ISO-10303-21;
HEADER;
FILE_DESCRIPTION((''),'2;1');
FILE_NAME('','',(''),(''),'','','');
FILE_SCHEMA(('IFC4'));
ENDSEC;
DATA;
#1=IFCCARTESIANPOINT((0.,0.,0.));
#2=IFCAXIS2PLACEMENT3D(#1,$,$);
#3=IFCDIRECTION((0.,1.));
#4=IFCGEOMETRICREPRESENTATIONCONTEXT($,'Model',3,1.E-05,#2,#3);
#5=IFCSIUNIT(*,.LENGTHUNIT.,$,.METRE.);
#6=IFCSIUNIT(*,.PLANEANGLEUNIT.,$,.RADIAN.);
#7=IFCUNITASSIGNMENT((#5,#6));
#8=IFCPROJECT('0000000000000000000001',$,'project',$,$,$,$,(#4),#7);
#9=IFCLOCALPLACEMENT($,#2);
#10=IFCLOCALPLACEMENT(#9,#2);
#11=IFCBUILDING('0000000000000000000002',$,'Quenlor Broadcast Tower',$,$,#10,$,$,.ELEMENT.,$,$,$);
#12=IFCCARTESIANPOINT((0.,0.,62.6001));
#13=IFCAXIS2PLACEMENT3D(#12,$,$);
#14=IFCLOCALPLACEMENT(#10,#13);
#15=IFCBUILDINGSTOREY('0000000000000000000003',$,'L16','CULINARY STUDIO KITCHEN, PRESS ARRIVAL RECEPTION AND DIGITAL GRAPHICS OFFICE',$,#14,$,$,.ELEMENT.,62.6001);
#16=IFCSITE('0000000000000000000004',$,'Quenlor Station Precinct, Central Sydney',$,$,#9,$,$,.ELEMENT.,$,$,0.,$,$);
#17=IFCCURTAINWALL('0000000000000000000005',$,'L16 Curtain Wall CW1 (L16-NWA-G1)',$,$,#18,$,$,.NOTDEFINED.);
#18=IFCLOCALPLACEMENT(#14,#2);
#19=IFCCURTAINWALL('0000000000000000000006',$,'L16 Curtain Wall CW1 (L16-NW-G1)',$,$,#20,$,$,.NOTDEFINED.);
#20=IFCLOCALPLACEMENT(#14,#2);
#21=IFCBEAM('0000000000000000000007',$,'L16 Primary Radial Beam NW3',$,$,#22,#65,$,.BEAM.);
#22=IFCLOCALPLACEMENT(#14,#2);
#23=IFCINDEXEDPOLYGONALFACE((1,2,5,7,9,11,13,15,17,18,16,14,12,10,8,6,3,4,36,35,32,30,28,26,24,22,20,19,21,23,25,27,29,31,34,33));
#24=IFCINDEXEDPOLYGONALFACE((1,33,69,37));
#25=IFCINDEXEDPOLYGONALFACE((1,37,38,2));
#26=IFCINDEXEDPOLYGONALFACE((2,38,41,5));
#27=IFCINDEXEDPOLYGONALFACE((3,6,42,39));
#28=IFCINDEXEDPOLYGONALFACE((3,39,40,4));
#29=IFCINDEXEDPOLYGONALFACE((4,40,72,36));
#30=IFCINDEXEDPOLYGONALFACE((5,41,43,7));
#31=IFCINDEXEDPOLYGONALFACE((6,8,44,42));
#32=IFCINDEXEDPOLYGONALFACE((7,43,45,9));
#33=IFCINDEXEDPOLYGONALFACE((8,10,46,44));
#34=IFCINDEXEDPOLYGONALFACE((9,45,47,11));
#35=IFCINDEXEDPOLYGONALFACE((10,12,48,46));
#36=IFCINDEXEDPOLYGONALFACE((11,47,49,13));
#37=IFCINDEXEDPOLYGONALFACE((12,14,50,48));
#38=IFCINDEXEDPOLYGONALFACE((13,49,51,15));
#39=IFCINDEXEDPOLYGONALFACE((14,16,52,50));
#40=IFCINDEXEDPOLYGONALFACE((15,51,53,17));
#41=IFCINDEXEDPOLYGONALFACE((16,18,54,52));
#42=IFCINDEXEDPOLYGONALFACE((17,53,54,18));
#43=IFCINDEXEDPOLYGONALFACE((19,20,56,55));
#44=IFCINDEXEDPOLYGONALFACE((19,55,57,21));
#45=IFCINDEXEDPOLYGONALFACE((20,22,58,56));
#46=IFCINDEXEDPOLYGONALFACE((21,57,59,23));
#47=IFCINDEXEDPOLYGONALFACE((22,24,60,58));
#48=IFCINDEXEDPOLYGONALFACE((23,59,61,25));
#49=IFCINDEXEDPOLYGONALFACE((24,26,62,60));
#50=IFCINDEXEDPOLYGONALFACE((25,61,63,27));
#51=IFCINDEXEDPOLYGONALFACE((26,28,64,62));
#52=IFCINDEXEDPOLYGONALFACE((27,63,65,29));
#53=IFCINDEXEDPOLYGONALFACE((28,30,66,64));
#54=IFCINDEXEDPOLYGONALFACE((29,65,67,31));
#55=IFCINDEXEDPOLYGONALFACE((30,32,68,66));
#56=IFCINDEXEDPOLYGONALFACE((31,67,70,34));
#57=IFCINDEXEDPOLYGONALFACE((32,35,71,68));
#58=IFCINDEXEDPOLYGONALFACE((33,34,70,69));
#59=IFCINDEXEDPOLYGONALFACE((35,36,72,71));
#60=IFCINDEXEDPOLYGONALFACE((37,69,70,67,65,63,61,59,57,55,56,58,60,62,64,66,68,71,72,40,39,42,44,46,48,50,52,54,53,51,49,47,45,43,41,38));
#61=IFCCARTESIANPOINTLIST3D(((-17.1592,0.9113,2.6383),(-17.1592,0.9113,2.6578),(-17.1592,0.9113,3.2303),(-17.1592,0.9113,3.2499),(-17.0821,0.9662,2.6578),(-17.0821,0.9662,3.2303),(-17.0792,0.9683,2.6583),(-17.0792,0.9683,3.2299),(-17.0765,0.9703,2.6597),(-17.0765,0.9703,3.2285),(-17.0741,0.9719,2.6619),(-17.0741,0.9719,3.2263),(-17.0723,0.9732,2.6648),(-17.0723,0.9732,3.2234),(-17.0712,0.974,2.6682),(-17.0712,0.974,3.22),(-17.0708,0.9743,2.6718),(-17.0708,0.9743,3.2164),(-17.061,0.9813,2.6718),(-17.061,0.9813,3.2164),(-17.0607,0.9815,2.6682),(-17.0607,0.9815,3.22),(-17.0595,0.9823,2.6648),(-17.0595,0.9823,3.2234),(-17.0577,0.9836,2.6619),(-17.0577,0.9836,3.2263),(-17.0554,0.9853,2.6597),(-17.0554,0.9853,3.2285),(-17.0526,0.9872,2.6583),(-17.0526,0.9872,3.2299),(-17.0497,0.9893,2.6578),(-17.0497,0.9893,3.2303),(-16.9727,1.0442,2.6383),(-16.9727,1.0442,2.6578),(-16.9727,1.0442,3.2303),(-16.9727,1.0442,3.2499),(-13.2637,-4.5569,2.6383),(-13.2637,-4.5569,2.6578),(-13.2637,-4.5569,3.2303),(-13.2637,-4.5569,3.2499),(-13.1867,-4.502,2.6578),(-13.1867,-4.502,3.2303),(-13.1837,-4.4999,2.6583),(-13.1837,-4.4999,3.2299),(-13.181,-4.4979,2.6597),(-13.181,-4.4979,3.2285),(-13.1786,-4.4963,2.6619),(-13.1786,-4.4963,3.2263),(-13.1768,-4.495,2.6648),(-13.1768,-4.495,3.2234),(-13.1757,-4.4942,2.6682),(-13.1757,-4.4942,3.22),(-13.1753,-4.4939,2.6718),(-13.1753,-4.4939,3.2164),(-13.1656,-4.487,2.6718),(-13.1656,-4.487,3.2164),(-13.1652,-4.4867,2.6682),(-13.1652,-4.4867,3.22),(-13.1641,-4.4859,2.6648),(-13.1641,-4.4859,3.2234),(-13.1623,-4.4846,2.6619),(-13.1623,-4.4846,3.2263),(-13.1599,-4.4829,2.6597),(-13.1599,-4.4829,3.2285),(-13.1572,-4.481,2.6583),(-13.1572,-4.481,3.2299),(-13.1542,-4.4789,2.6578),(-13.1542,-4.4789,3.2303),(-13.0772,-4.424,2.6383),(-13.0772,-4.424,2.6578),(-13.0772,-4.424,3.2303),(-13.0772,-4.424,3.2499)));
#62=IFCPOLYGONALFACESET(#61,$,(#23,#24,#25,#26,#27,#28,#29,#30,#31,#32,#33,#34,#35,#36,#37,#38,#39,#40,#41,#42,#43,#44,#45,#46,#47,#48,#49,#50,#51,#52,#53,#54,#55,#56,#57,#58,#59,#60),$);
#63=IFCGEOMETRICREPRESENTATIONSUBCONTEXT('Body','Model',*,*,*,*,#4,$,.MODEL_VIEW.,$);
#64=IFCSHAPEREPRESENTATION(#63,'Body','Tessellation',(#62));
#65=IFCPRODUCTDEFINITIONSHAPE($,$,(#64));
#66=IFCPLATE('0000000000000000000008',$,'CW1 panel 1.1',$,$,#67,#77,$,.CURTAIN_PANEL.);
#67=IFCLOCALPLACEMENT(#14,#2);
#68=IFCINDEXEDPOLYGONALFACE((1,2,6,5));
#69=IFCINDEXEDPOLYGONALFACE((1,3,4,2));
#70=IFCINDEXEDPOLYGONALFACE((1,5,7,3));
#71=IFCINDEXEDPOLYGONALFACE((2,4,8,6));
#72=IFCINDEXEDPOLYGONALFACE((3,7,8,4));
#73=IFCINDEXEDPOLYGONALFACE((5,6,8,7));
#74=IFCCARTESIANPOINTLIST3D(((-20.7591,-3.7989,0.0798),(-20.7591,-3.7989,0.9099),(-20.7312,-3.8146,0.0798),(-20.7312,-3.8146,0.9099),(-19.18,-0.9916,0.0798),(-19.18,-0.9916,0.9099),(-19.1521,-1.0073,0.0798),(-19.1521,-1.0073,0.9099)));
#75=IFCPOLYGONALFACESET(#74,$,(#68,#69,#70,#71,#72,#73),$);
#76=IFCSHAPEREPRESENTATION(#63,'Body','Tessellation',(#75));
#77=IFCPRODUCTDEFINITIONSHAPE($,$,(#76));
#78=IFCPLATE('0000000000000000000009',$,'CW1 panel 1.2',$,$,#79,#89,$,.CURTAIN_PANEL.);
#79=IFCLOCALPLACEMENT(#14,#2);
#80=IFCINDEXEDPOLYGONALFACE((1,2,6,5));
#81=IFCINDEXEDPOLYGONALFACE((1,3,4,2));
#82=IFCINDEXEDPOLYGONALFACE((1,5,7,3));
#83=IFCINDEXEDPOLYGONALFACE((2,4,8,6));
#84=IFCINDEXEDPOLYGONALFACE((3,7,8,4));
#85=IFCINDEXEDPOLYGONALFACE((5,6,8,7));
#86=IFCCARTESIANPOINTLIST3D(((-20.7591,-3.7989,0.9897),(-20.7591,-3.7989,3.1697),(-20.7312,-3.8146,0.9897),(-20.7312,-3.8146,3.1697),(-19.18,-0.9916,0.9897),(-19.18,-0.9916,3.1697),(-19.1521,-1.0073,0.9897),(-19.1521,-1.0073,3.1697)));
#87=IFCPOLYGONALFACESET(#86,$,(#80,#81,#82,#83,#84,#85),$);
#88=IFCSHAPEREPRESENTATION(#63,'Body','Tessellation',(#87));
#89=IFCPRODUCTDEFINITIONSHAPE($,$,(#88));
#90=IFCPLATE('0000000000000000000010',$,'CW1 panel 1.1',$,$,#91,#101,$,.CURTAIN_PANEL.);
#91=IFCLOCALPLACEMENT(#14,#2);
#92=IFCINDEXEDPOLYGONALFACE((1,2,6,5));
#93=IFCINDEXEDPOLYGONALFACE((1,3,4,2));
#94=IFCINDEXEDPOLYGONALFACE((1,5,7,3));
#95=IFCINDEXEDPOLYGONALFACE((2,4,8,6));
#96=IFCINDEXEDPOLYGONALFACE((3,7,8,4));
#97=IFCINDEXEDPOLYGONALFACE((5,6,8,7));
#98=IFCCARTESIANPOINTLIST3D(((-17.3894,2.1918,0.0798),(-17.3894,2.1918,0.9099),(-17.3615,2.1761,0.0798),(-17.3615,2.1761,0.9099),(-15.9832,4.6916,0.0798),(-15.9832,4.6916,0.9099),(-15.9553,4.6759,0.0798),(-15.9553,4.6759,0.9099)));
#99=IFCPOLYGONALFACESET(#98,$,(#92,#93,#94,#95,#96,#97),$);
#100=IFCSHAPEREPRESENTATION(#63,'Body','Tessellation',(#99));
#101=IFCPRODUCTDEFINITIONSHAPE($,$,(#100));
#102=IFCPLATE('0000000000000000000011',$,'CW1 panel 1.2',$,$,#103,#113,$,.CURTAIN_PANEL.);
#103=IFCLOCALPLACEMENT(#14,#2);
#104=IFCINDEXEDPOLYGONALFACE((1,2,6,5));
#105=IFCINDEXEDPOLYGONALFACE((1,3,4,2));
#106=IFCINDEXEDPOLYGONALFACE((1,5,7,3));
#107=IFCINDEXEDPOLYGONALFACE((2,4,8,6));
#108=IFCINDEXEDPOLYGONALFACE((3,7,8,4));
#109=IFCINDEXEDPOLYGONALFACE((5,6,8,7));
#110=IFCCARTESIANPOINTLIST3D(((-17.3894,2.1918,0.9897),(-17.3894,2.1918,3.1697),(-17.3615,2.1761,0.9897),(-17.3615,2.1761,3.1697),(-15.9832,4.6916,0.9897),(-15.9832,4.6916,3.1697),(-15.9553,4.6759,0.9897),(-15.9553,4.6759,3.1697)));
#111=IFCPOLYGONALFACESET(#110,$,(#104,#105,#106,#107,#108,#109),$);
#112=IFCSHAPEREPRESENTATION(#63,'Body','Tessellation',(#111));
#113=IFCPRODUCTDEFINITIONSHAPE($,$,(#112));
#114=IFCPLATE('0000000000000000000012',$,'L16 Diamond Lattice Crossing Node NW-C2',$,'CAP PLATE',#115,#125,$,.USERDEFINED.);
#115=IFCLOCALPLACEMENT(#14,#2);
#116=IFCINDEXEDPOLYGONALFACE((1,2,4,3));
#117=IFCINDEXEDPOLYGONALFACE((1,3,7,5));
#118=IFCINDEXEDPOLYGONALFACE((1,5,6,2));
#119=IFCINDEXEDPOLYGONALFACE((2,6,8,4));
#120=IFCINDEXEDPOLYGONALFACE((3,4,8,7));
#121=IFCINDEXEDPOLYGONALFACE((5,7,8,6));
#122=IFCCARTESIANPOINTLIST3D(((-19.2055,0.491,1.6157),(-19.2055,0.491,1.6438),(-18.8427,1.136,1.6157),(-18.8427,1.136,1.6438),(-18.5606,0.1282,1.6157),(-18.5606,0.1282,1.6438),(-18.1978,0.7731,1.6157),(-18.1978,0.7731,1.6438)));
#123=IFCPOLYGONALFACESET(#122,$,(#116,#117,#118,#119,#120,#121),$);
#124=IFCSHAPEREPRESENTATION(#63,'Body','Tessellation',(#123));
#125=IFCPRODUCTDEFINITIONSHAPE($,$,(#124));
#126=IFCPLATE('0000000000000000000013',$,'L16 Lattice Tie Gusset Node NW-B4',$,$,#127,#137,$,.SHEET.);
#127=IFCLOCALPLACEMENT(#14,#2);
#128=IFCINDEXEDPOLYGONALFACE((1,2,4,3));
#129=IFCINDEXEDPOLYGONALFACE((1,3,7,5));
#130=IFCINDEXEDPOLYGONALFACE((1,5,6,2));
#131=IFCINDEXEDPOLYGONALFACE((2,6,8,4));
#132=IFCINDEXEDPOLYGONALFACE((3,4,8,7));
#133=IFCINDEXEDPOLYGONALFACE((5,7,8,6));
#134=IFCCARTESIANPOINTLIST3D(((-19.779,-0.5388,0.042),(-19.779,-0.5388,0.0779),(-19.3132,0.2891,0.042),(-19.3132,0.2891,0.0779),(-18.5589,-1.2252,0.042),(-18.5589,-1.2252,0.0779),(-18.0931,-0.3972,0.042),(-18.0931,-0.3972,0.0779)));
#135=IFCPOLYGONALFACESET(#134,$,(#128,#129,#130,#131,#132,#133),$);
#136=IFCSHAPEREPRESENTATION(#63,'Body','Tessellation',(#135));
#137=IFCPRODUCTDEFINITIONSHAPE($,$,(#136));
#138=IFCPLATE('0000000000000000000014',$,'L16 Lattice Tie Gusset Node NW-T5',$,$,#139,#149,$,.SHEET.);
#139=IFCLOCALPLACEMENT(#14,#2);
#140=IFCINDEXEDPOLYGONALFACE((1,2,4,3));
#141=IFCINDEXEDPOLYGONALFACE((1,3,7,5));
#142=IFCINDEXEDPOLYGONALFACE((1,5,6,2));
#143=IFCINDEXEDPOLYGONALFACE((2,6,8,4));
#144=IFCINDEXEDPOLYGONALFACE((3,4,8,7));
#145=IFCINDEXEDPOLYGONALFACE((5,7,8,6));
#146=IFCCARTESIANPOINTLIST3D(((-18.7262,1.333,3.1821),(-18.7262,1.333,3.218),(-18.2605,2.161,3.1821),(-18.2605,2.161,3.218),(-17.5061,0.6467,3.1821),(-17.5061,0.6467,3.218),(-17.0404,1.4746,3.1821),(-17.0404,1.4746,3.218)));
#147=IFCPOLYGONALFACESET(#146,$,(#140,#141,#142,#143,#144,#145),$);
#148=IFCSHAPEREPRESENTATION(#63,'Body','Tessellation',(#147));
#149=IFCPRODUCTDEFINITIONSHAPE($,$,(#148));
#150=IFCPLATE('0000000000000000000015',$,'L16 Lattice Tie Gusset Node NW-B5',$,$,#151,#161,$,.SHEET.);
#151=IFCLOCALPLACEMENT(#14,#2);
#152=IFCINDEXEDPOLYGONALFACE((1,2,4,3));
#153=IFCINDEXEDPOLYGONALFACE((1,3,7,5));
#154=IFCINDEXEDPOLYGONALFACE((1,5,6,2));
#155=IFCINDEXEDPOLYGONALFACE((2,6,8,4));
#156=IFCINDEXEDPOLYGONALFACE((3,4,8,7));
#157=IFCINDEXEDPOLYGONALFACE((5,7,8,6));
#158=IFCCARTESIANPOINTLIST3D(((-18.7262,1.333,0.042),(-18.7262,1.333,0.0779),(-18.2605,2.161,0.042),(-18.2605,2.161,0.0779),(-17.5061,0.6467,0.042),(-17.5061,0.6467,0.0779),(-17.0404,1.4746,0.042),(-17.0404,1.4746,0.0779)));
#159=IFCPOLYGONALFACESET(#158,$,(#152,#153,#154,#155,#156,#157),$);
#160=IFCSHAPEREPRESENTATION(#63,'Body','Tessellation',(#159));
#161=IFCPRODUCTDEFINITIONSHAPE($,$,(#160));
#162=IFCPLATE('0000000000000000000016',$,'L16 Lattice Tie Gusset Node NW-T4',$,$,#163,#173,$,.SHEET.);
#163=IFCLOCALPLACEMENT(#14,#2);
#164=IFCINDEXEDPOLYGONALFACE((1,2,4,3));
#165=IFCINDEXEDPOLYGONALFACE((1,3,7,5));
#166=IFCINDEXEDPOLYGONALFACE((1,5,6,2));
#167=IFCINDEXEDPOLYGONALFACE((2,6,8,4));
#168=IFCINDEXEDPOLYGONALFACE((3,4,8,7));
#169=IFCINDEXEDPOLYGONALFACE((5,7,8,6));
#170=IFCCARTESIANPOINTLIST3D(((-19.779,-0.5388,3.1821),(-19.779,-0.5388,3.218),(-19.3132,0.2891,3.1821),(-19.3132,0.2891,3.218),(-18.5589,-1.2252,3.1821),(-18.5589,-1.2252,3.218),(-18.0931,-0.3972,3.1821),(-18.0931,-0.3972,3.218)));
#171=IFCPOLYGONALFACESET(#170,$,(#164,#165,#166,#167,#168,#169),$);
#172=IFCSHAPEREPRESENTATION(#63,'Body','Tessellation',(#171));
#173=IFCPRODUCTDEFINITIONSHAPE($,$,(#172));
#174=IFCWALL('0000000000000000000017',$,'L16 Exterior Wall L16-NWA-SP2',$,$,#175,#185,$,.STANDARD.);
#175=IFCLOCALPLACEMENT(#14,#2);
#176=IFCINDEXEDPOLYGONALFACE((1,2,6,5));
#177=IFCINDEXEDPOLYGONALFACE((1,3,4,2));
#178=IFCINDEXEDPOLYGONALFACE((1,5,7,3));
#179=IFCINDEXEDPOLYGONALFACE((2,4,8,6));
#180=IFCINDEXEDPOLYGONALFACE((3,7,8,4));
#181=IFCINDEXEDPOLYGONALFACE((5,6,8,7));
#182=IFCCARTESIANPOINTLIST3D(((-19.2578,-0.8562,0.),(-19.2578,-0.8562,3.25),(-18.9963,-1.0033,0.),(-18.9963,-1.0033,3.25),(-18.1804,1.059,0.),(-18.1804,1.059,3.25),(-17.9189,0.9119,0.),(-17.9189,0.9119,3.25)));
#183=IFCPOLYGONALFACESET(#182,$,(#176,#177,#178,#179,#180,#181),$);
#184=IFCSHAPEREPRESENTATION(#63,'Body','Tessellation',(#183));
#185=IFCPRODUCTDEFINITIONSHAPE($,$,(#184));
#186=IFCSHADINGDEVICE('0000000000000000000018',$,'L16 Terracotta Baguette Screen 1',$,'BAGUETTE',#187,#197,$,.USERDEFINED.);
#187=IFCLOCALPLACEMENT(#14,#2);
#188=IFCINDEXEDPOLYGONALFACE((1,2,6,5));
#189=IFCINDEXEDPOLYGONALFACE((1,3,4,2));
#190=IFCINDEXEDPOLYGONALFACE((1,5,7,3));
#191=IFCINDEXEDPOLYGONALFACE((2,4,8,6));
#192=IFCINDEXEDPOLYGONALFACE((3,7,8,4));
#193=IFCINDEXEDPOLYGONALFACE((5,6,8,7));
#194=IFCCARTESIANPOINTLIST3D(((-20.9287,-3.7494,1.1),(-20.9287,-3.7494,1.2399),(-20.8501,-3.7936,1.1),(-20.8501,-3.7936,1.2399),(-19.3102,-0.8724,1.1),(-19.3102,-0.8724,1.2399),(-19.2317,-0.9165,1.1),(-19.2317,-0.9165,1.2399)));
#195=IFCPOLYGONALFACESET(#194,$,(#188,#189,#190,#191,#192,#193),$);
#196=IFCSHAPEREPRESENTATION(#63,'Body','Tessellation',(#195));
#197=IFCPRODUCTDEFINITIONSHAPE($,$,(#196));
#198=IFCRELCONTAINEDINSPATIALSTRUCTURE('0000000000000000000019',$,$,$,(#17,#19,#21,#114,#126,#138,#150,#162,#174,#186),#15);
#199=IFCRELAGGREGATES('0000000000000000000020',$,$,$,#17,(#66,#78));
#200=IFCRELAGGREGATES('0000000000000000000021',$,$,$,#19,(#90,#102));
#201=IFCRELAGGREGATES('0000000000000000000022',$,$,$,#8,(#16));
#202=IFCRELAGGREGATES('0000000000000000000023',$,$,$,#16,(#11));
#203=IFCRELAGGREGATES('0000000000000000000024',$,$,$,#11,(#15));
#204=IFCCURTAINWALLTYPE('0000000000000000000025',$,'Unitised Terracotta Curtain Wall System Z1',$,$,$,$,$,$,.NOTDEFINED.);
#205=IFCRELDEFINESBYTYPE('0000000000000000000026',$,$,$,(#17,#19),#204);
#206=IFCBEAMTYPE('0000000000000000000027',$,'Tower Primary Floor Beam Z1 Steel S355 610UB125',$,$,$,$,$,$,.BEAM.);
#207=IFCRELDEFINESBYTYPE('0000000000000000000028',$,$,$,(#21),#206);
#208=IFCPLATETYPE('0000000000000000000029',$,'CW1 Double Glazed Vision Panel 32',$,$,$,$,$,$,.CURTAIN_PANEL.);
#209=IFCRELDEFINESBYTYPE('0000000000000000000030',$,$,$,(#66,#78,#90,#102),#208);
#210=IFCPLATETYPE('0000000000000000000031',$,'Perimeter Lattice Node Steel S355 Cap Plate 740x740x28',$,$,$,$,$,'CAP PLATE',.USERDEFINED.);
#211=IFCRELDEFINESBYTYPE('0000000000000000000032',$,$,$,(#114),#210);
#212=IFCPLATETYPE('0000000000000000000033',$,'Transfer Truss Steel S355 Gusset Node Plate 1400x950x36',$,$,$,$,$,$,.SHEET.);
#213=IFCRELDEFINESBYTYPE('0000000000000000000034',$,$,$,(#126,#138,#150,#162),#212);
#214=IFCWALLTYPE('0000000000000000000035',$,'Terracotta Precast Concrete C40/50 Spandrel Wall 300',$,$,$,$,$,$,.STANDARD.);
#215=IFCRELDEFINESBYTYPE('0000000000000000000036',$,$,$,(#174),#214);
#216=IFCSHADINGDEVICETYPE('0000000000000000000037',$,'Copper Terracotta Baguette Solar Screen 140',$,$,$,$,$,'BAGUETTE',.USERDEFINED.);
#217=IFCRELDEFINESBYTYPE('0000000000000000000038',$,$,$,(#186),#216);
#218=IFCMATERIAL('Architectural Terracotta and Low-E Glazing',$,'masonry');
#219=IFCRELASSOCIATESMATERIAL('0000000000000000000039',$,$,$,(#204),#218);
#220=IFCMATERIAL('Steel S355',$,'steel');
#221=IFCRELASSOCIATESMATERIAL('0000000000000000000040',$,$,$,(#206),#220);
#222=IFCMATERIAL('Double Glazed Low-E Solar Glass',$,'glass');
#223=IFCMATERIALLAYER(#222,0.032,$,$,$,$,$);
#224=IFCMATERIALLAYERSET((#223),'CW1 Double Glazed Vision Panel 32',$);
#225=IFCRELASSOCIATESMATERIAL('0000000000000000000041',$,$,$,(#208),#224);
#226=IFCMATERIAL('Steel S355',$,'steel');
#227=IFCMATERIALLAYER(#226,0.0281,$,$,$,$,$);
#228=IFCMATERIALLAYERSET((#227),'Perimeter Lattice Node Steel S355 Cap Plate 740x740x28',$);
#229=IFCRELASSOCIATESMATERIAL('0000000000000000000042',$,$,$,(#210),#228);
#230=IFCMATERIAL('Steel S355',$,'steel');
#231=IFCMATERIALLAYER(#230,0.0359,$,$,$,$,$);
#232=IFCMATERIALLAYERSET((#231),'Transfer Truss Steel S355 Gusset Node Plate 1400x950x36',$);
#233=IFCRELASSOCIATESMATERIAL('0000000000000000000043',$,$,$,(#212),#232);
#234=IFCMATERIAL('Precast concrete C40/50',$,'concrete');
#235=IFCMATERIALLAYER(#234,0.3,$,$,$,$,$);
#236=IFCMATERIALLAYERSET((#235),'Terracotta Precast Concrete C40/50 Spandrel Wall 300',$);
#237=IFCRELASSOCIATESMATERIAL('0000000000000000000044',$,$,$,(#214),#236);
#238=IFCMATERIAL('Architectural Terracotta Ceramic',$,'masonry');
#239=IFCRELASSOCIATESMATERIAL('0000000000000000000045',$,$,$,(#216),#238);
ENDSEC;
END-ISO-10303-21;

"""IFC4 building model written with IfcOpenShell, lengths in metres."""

from ifc_helpers import new_model, si_unit, direction, frame, frame_2d, origin, origin_2d, place, context, subcontext, project, spatial, rectangle, i_section, extrude, material, layer, layer_set, material_profile, profile_set, type_object, element, aggregate, save


model = new_model("IFC4")

# Units and contexts
model_context = context("Model", 3, precision=1e-05, world=origin(), true_north=direction((0.0, 1.0)))
body_context = subcontext(model_context, "Body", "Model", "MODEL_VIEW")
ifc_project = project(units=[si_unit("LENGTHUNIT", "METRE"), si_unit("PLANEANGLEUNIT", "RADIAN")], contexts=[model_context])

# Site, building, storey
site_placement = place(None, origin())
site = spatial("IfcSite", under=ifc_project, at=site_placement, Name="Quenlor Station Precinct, Central Sydney", CompositionType="ELEMENT", RefElevation=0.0)
building_placement = place(site_placement, origin())
building = spatial("IfcBuilding", under=site, at=building_placement, Name="Quenlor Broadcast Tower", CompositionType="ELEMENT")
storey_placement = place(building_placement, frame((0.0, 0.0, 62.6001)))
storey = spatial("IfcBuildingStorey", under=building, at=storey_placement, Name="L16", Description="CULINARY STUDIO KITCHEN, PRESS ARRIVAL RECEPTION AND DIGITAL GRAPHICS OFFICE", CompositionType="ELEMENT", Elevation=62.6001)

# Curtain wall
ifc_material_1 = material(Name="Architectural Terracotta and Low-E Glazing", Category="masonry")
curtain_wall_type = type_object("IfcCurtainWallType", Name="Unitised Terracotta Curtain Wall System Z1", PredefinedType="NOTDEFINED", material=ifc_material_1)
curtain_wall_1_placement = place(storey_placement, origin())
curtain_wall_1 = element("IfcCurtainWall", 1, at=curtain_wall_1_placement, inside=storey, type_object=curtain_wall_type, Name="L16 Curtain Wall CW1 (L16-NWA-G1)", PredefinedType="NOTDEFINED")

# Curtain wall
curtain_wall_2_placement = place(storey_placement, origin())
curtain_wall_2 = element("IfcCurtainWall", 2, at=curtain_wall_2_placement, inside=storey, type_object=curtain_wall_type, Name="L16 Curtain Wall CW1 (L16-NW-G1)", PredefinedType="NOTDEFINED")

# Beam
ifc_material_2 = material(Name="Steel S355", Category="steel")
ifc_material_profile_1 = material_profile(ifc_material_2, i_section(OverallWidth=0.229, OverallDepth=0.6116, WebThickness=0.012, FlangeThickness=0.0195, FilletRadius=0.0139, at=origin_2d()))
ifc_profile_set_1 = profile_set([ifc_material_profile_1], Name="Steel S355 610UB125")
beam_type_1 = type_object("IfcBeamType", Name="Tower Primary Floor Beam Z1 Steel S355 610UB125", PredefinedType="BEAM", material=ifc_profile_set_1)
beam_1_placement = place(storey_placement, frame((-17.0659, 0.9778, 2.9441), z_axis=(0.580213, -0.814465, 0.0), x_axis=(0.814465, 0.580213, 0.0)))
element("IfcBeam", 3, at=beam_1_placement, inside=storey, type_object=beam_type_1, Name="L16 Primary Radial Beam NW3", PredefinedType="BEAM", context=body_context, shape_type="SweptSolid", body=[
    extrude(i_section(OverallWidth=0.229, OverallDepth=0.6116, WebThickness=0.012, FlangeThickness=0.0195, FilletRadius=0.0139, at=origin_2d()), origin(), (0.0, 0.0, 1.0), 6.7139),
])

# Plates
ifc_material_3 = material(Name="Double Glazed Low-E Solar Glass", Category="glass")
ifc_layer_1 = layer(ifc_material_3, 0.032)
ifc_layer_set_1 = layer_set([ifc_layer_1], Name="CW1 Double Glazed Vision Panel 32")
plate_type_1 = type_object("IfcPlateType", Name="CW1 Double Glazed Vision Panel 32", PredefinedType="CURTAIN_PANEL", material=ifc_layer_set_1)
plate_1_placement = place(storey_placement, frame((-19.9556, -2.4031, 0.0798), z_axis=(0.0, 0.0, 1.0), x_axis=(0.490257, 0.871578, 0.0)))
plate_1 = element("IfcPlate", 4, at=plate_1_placement, type_object=plate_type_1, Name="CW1 panel 1.1", PredefinedType="CURTAIN_PANEL", context=body_context, shape_type="SweptSolid", body=[
    extrude(rectangle(XDim=3.2209, YDim=0.032, at=origin_2d()), origin(), (0.0, 0.0, 1.0), 0.8301),
])
plate_2_placement = place(storey_placement, frame((-19.9556, -2.4031, 0.9897), z_axis=(0.0, 0.0, 1.0), x_axis=(0.490257, 0.871578, 0.0)))
plate_2 = element("IfcPlate", 5, at=plate_2_placement, type_object=plate_type_1, Name="CW1 panel 1.2", PredefinedType="CURTAIN_PANEL", context=body_context, shape_type="SweptSolid", body=[
    extrude(rectangle(XDim=3.2209, YDim=0.032, at=origin_2d()), origin(), (0.0, 0.0, 1.0), 2.1799),
])
aggregate(curtain_wall_1, [plate_1, plate_2])
plate_3_placement = place(storey_placement, frame((-16.6724, 3.4338, 0.0798), z_axis=(0.0, 0.0, 1.0), x_axis=(0.490274, 0.871568, 0.0)))
plate_3 = element("IfcPlate", 6, at=plate_3_placement, type_object=plate_type_1, Name="CW1 panel 1.1", PredefinedType="CURTAIN_PANEL", context=body_context, shape_type="SweptSolid", body=[
    extrude(rectangle(XDim=2.8682, YDim=0.032, at=origin_2d()), origin(), (0.0, 0.0, 1.0), 0.8301),
])
plate_4_placement = place(storey_placement, frame((-16.6724, 3.4338, 0.9897), z_axis=(0.0, 0.0, 1.0), x_axis=(0.490274, 0.871568, 0.0)))
plate_4 = element("IfcPlate", 7, at=plate_4_placement, type_object=plate_type_1, Name="CW1 panel 1.2", PredefinedType="CURTAIN_PANEL", context=body_context, shape_type="SweptSolid", body=[
    extrude(rectangle(XDim=2.8682, YDim=0.032, at=origin_2d()), origin(), (0.0, 0.0, 1.0), 2.1799),
])
aggregate(curtain_wall_2, [plate_3, plate_4])

# Plates
ifc_material_4 = material(Name="Steel S355", Category="steel")
ifc_layer_2 = layer(ifc_material_4, 0.0281)
ifc_layer_set_2 = layer_set([ifc_layer_2], Name="Perimeter Lattice Node Steel S355 Cap Plate 740x740x28")
plate_type_2 = type_object("IfcPlateType", Name="Perimeter Lattice Node Steel S355 Cap Plate 740x740x28", ElementType="CAP PLATE", PredefinedType="USERDEFINED", material=ifc_layer_set_2)
plate_5_placement = place(storey_placement, frame((-18.7017, 0.6321, 1.6157), z_axis=(0.0, 0.0, 1.0), x_axis=(0.490295, 0.871556, 0.0)))
element("IfcPlate", 8, at=plate_5_placement, inside=storey, type_object=plate_type_2, Name="L16 Diamond Lattice Crossing Node NW-C2", ObjectType="CAP PLATE", PredefinedType="USERDEFINED", context=body_context, shape_type="SweptSolid", body=[
    extrude(rectangle(XDim=0.74, YDim=0.74, at=origin_2d()), origin(), (0.0, 0.0, 1.0), 0.0281),
])
ifc_material_5 = material(Name="Steel S355", Category="steel")
ifc_layer_3 = layer(ifc_material_5, 0.0359)
ifc_layer_set_3 = layer_set([ifc_layer_3], Name="Transfer Truss Steel S355 Gusset Node Plate 1400x950x36")
plate_type_3 = type_object("IfcPlateType", Name="Transfer Truss Steel S355 Gusset Node Plate 1400x950x36", PredefinedType="SHEET", material=ifc_layer_set_3)
for number, where, z_axis, x_axis, name in (
    (9, (-18.936, -0.468, 0.042), (0.0, 0.0, 1.0), (-0.871556, 0.490295, 0.0), "L16 Lattice Tie Gusset Node NW-B4"),
    (10, (-17.8833, 1.4038, 3.1821), (0.0, 0.0, 1.0), (-0.871556, 0.490295, 0.0), "L16 Lattice Tie Gusset Node NW-T5"),
    (11, (-17.8833, 1.4038, 0.042), (0.0, 0.0, 1.0), (-0.871556, 0.490295, 0.0), "L16 Lattice Tie Gusset Node NW-B5"),
    (12, (-18.936, -0.468, 3.1821), (0.0, 0.0, 1.0), (-0.871556, 0.490295, 0.0), "L16 Lattice Tie Gusset Node NW-T4"),
):
    element("IfcPlate", number, at=place(storey_placement, frame(where, z_axis=z_axis, x_axis=x_axis)), inside=storey, type_object=plate_type_3, Name=name, PredefinedType="SHEET", context=body_context, shape_type="SweptSolid", body=[
        extrude(rectangle(XDim=1.3999, YDim=0.95, at=origin_2d()), origin(), (0.0, 0.0, 1.0), 0.0359),
    ])

# Wall
ifc_material_6 = material(Name="Precast concrete C40/50", Category="concrete")
ifc_layer_4 = layer(ifc_material_6, 0.3)
ifc_layer_set_4 = layer_set([ifc_layer_4], Name="Terracotta Precast Concrete C40/50 Spandrel Wall 300")
wall_type = type_object("IfcWallType", Name="Terracotta Precast Concrete C40/50 Spandrel Wall 300", PredefinedType="STANDARD", material=ifc_layer_set_4)
wall_placement = place(storey_placement, frame((-19.127, -0.9297, 0.0), z_axis=(0.0, 0.0, 1.0), x_axis=(0.490277, 0.871567, 0.0)))
element("IfcWall", 13, at=wall_placement, inside=storey, type_object=wall_type, Name="L16 Exterior Wall L16-NWA-SP2", PredefinedType="STANDARD", context=body_context, shape_type="SweptSolid", body=[
    extrude(rectangle(XDim=2.1975, YDim=0.3, at=frame_2d((1.0986, 0.0))), origin(), (0.0, 0.0, 1.0), 3.25),
])

# Shading device
ifc_material_7 = material(Name="Architectural Terracotta Ceramic", Category="masonry")
ifc_material_profile_2 = material_profile(ifc_material_7, rectangle(XDim=0.0901, YDim=0.1399, at=origin_2d()))
ifc_profile_set_2 = profile_set([ifc_material_profile_2], Name="Architectural Terracotta Ceramic BAG90x140")
shading_device_type = type_object("IfcShadingDeviceType", Name="Copper Terracotta Baguette Solar Screen 140", ElementType="BAGUETTE", PredefinedType="USERDEFINED", material=ifc_profile_set_2)
for number, where, z_axis, x_axis, name in (
    (14, (-20.8894, -3.7715, 1.1699), (0.490289, 0.87156, 0.0), (-0.87156, 0.490289, 0.0), "L16 Terracotta Baguette Screen 1"),
):
    element("IfcShadingDevice", number, at=place(storey_placement, frame(where, z_axis=z_axis, x_axis=x_axis)), inside=storey, type_object=shading_device_type, Name=name, ObjectType="BAGUETTE", PredefinedType="USERDEFINED", context=body_context, shape_type="SweptSolid", body=[
        extrude(rectangle(XDim=0.0901, YDim=0.1399, at=origin_2d()), origin(), (0.0, 0.0, 1.0), 3.301),
    ])

save(model, "model.ifc")
